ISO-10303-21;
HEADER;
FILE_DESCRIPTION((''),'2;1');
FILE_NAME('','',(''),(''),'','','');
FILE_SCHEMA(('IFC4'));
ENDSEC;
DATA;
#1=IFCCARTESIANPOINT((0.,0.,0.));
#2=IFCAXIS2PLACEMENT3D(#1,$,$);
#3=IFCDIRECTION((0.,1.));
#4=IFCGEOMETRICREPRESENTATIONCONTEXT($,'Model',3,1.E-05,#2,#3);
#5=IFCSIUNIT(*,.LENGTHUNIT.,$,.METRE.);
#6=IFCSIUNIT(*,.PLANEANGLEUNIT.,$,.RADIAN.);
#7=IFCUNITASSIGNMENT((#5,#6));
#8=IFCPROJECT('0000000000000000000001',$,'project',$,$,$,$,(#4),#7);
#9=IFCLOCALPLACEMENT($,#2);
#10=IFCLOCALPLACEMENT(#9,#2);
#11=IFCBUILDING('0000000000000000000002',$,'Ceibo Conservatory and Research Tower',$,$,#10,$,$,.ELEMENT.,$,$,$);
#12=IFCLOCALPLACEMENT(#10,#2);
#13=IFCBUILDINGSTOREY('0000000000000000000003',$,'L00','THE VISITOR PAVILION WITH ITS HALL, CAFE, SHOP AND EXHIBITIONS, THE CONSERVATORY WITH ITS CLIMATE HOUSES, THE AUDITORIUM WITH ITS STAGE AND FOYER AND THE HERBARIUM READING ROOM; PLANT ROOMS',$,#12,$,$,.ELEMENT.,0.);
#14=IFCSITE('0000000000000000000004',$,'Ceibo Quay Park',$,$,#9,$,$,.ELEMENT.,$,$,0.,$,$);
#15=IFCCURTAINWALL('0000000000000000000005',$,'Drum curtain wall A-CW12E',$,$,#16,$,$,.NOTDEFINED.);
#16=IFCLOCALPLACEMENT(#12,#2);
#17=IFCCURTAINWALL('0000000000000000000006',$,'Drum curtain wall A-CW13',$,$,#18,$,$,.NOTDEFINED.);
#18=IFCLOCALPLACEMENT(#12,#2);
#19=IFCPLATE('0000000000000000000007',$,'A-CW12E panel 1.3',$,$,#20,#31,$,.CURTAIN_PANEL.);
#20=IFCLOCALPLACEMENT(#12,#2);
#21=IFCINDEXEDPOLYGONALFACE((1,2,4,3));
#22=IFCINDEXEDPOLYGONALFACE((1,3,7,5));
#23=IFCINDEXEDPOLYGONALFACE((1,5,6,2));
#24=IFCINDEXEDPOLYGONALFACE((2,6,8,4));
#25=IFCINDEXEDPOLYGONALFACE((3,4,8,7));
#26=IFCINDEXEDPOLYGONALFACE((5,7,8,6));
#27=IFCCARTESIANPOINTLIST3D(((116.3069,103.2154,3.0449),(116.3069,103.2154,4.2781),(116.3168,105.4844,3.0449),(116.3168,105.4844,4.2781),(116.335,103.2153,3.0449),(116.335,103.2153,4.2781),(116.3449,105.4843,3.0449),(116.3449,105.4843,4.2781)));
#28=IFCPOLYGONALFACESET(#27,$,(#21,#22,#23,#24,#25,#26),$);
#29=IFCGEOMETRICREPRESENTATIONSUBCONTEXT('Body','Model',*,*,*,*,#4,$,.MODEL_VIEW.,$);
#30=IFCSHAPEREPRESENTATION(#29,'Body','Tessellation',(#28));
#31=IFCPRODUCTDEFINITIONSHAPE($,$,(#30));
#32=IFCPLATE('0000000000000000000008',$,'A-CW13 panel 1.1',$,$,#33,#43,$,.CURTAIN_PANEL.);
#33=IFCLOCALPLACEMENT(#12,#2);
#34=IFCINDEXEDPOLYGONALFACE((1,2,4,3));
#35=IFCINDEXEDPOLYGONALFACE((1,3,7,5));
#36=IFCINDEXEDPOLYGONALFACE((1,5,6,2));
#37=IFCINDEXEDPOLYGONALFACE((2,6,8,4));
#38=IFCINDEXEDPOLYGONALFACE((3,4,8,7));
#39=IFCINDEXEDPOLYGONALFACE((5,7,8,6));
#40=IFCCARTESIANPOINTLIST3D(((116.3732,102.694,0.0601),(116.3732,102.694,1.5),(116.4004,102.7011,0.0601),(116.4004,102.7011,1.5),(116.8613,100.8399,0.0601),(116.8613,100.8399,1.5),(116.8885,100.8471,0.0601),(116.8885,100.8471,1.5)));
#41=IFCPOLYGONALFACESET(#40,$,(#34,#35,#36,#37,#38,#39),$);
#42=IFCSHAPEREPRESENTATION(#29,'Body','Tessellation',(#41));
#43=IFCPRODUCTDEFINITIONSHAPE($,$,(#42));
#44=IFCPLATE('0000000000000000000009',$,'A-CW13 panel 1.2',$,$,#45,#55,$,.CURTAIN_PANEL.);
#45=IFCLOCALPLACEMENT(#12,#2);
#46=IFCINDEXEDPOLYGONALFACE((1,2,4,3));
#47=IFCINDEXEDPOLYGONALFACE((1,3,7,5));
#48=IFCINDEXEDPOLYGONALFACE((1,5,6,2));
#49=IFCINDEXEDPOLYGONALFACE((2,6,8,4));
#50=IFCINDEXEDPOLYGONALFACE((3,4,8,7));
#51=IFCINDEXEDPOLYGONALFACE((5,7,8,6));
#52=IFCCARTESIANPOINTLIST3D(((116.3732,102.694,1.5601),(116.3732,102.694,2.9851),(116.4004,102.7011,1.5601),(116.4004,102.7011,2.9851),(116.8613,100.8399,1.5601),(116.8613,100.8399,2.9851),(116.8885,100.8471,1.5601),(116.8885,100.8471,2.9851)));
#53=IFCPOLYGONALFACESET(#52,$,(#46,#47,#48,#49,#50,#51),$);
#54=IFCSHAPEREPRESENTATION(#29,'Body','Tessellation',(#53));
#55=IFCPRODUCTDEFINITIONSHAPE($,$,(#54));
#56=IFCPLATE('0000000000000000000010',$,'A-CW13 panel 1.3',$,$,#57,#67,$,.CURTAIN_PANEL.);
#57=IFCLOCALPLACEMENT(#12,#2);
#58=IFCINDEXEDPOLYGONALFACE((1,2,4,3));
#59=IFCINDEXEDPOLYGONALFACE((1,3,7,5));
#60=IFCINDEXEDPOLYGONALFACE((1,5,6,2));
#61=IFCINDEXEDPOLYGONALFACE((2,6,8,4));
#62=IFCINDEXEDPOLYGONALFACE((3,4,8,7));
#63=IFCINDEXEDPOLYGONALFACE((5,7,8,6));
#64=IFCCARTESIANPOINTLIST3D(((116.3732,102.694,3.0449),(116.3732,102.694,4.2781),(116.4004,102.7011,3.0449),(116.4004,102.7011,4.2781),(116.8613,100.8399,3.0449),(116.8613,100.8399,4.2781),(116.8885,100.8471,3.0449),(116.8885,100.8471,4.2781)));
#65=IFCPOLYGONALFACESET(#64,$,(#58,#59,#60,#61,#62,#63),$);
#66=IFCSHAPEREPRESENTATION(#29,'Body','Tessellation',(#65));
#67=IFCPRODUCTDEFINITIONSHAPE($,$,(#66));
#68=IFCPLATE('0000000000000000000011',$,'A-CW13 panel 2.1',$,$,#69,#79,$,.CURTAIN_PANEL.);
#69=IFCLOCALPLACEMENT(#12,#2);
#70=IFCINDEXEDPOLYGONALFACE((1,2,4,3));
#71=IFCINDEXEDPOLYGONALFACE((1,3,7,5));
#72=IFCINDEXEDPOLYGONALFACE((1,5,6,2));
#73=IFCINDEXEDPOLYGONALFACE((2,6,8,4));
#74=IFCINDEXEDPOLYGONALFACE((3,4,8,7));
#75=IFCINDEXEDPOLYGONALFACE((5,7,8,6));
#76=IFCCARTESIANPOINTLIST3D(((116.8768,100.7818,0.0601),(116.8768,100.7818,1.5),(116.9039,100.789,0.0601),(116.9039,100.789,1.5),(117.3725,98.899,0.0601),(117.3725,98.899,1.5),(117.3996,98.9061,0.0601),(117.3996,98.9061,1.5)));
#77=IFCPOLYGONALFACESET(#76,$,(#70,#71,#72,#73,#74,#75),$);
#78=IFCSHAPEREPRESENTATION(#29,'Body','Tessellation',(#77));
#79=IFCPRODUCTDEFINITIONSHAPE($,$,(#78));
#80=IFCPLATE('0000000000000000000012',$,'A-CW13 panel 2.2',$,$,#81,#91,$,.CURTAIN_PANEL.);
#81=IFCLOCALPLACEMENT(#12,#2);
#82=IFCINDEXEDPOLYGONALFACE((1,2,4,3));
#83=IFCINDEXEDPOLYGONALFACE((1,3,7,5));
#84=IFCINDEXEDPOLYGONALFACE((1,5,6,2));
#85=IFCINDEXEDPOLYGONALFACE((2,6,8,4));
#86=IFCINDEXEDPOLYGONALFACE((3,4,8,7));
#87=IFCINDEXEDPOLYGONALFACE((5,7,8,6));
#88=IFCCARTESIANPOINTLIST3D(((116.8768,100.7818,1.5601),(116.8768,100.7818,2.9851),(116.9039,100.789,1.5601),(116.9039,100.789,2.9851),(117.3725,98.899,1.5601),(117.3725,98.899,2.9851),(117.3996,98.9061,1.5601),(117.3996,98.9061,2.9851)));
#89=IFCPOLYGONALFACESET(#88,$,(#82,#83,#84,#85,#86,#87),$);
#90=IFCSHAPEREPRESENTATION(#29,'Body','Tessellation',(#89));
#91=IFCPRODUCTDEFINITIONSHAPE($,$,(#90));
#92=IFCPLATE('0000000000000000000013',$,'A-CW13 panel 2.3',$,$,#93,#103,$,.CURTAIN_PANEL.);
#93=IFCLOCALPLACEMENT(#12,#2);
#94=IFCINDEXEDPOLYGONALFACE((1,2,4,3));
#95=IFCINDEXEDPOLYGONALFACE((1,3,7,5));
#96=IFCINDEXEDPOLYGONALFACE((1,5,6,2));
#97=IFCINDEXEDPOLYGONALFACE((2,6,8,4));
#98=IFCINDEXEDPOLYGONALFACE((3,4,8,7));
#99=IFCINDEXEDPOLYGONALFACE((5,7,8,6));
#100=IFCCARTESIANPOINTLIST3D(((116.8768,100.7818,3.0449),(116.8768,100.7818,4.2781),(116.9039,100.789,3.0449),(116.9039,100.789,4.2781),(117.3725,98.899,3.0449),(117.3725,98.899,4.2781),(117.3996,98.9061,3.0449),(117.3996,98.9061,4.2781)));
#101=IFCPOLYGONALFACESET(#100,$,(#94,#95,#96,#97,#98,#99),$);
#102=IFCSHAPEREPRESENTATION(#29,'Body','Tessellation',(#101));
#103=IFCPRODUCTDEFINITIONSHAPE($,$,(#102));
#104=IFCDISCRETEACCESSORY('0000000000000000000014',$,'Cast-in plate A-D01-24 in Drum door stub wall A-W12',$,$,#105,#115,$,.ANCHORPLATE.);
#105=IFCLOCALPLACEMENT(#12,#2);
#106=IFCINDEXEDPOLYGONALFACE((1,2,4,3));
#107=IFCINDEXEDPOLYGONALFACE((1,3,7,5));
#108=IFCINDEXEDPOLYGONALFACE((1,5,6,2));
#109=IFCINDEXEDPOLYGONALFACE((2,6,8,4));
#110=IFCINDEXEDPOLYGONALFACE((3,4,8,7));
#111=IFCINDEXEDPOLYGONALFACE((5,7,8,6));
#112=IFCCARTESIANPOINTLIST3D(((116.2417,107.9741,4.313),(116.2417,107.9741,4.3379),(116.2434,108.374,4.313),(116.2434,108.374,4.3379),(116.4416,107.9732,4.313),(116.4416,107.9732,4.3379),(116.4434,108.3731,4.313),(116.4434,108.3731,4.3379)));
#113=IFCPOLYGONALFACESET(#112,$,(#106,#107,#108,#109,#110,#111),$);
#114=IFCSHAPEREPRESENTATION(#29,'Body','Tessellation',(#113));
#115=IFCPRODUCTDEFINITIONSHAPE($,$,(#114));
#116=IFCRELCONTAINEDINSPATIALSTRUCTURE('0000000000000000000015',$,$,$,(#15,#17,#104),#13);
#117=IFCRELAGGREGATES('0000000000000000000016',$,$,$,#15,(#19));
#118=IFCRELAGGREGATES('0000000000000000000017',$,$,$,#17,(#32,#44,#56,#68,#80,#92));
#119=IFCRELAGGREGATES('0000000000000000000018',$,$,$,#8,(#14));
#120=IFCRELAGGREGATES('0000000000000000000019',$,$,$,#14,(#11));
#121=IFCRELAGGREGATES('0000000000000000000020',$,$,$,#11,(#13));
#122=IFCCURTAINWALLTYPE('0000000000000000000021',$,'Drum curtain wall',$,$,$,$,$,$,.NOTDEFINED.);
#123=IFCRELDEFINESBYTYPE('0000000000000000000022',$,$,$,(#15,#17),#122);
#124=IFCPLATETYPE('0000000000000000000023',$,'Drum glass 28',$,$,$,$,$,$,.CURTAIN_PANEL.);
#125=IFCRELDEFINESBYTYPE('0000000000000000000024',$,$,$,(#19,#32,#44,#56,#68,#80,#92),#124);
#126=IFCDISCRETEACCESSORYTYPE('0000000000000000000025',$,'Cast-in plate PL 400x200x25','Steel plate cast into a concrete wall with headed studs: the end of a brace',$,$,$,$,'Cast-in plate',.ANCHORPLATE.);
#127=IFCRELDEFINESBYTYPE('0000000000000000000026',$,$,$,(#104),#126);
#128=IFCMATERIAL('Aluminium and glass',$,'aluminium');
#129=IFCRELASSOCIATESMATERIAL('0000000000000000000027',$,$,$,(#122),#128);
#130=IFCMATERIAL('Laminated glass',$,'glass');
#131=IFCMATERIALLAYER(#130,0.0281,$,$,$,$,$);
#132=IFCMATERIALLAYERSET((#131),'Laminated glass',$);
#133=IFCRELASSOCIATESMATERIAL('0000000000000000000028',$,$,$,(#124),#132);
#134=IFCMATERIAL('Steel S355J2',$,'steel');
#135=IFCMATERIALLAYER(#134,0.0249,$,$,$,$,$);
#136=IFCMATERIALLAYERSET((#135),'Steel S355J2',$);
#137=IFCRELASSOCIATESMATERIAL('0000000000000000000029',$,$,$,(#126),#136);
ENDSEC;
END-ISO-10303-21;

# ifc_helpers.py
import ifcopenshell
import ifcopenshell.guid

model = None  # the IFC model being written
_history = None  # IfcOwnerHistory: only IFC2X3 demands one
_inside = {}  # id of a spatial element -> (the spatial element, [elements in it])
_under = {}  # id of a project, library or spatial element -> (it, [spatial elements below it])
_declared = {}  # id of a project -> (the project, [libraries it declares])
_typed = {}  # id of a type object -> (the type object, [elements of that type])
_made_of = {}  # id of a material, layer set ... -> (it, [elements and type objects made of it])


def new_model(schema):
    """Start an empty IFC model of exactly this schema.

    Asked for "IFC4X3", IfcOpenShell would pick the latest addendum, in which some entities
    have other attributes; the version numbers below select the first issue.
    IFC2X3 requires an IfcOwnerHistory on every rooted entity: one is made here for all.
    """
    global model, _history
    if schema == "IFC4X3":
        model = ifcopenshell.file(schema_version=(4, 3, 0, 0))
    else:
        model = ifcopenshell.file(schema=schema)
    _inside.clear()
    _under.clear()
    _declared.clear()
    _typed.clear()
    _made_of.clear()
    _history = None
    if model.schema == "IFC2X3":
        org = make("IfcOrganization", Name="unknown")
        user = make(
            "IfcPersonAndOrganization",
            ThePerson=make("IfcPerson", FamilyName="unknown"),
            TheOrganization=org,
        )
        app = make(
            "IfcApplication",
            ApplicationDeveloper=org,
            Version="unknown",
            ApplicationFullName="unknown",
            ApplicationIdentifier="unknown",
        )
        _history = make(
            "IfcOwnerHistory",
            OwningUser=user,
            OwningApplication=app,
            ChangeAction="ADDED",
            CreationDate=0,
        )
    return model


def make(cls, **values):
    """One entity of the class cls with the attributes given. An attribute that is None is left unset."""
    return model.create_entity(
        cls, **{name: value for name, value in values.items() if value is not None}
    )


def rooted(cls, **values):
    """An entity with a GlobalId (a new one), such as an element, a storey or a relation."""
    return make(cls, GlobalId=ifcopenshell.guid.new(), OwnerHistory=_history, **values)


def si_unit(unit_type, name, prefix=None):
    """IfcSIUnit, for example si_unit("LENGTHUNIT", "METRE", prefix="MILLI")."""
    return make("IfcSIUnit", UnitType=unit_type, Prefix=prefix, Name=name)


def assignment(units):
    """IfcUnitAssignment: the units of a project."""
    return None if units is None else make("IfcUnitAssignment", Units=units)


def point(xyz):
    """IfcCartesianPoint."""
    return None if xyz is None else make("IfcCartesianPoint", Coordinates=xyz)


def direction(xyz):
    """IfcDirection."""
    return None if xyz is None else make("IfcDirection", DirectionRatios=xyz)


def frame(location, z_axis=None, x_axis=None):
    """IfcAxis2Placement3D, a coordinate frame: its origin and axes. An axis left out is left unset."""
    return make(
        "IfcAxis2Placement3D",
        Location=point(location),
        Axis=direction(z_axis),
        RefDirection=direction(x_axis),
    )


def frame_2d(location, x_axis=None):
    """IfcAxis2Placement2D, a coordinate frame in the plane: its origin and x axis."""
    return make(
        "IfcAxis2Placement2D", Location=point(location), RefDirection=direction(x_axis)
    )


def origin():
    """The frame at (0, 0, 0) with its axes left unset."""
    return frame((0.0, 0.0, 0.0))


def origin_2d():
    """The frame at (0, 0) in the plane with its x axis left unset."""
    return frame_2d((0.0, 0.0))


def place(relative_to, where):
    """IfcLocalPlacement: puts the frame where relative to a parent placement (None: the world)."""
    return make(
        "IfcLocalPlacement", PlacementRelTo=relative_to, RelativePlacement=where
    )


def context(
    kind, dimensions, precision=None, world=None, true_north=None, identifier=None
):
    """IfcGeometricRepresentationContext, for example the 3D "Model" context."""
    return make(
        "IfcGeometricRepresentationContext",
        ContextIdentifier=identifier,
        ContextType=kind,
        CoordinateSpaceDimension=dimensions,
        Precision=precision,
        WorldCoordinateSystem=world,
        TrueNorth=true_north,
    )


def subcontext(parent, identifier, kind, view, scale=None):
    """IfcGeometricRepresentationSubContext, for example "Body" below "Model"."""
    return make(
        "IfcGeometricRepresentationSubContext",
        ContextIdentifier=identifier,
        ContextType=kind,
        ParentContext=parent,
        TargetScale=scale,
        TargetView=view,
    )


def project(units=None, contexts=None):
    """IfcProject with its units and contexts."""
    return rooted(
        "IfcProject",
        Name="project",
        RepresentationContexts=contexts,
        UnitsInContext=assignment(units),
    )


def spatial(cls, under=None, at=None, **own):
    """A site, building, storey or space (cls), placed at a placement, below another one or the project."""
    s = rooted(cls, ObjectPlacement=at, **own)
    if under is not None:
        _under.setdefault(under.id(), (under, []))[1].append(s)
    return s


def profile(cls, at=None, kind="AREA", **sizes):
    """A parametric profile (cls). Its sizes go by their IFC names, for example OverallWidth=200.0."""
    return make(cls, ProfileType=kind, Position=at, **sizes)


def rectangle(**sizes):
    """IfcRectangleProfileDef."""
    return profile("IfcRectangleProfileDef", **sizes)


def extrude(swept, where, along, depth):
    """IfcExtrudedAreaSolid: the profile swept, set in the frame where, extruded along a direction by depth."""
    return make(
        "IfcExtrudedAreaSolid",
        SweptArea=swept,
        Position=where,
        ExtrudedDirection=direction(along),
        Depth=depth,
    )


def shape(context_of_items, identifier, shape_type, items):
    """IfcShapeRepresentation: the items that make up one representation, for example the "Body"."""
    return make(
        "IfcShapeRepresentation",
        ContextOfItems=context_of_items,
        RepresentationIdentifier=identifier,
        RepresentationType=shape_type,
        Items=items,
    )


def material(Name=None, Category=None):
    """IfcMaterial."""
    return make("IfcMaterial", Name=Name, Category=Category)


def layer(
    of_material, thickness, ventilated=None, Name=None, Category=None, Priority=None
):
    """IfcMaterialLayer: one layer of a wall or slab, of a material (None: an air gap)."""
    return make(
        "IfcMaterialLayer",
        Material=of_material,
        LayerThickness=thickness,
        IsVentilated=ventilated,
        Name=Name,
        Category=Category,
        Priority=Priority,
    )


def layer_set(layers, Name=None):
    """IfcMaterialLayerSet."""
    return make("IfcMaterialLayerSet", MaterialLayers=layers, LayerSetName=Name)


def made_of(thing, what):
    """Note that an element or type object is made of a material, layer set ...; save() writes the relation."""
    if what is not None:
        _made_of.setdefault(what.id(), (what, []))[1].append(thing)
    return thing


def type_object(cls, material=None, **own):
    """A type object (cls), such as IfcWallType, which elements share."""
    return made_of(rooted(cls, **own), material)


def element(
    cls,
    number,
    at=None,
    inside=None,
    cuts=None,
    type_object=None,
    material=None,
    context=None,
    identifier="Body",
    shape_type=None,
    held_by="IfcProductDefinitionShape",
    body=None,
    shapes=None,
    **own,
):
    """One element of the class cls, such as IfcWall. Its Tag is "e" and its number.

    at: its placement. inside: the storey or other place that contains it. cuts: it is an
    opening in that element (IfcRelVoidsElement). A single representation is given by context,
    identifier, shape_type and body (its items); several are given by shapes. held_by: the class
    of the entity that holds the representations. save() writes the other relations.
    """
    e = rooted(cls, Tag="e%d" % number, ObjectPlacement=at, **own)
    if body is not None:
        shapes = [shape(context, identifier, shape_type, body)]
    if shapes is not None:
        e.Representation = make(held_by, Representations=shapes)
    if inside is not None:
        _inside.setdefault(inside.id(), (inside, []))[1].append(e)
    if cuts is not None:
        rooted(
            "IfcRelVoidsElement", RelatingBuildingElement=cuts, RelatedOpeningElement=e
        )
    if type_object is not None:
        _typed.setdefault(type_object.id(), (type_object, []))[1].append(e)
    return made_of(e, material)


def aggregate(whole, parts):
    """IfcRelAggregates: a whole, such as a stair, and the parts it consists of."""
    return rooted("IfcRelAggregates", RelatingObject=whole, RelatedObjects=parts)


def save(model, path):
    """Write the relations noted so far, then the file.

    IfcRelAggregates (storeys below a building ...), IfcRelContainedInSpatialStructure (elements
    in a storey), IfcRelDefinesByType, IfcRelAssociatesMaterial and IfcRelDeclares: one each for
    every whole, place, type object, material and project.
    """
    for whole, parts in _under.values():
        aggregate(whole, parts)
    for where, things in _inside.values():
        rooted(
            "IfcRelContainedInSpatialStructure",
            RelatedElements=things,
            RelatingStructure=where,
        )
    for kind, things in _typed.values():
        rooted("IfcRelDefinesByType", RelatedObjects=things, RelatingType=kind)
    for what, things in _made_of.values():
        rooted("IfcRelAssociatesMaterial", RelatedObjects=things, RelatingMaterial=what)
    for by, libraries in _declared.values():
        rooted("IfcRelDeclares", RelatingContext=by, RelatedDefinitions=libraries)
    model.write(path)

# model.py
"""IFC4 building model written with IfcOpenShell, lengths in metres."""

from ifc_helpers import new_model, si_unit, direction, frame, origin, origin_2d, place, context, subcontext, project, spatial, rectangle, extrude, material, layer, layer_set, type_object, element, aggregate, save


model = new_model("IFC4")

# Units and contexts
model_context = context("Model", 3, precision=1e-05, world=origin(), true_north=direction((0.0, 1.0)))
body_context = subcontext(model_context, "Body", "Model", "MODEL_VIEW")
ifc_project = project(units=[si_unit("LENGTHUNIT", "METRE"), si_unit("PLANEANGLEUNIT", "RADIAN")], contexts=[model_context])

# Site, building, storey
site_placement = place(None, origin())
site = spatial("IfcSite", under=ifc_project, at=site_placement, Name="Ceibo Quay Park", CompositionType="ELEMENT", RefElevation=0.0)
building_placement = place(site_placement, origin())
building = spatial("IfcBuilding", under=site, at=building_placement, Name="Ceibo Conservatory and Research Tower", CompositionType="ELEMENT")
storey_placement = place(building_placement, origin())
storey = spatial("IfcBuildingStorey", under=building, at=storey_placement, Name="L00", Description="THE VISITOR PAVILION WITH ITS HALL, CAFE, SHOP AND EXHIBITIONS, THE CONSERVATORY WITH ITS CLIMATE HOUSES, THE AUDITORIUM WITH ITS STAGE AND FOYER AND THE HERBARIUM READING ROOM; PLANT ROOMS", CompositionType="ELEMENT", Elevation=0.0)

# Curtain wall
ifc_material_1 = material(Name="Aluminium and glass", Category="aluminium")
curtain_wall_type = type_object("IfcCurtainWallType", Name="Drum curtain wall", PredefinedType="NOTDEFINED", material=ifc_material_1)
curtain_wall_1_placement = place(storey_placement, origin())
curtain_wall_1 = element("IfcCurtainWall", 1, at=curtain_wall_1_placement, inside=storey, type_object=curtain_wall_type, Name="Drum curtain wall A-CW12E", PredefinedType="NOTDEFINED")

# Curtain wall
curtain_wall_2_placement = place(storey_placement, origin())
curtain_wall_2 = element("IfcCurtainWall", 2, at=curtain_wall_2_placement, inside=storey, type_object=curtain_wall_type, Name="Drum curtain wall A-CW13", PredefinedType="NOTDEFINED")

# Plates
ifc_material_2 = material(Name="Laminated glass", Category="glass")
ifc_layer_1 = layer(ifc_material_2, 0.0281)
ifc_layer_set_1 = layer_set([ifc_layer_1], Name="Laminated glass")
plate_type = type_object("IfcPlateType", Name="Drum glass 28", PredefinedType="CURTAIN_PANEL", material=ifc_layer_set_1)
plate_1_placement = place(storey_placement, frame((116.3259, 104.3499, 3.0449), z_axis=(0.0, 0.0, 1.0), x_axis=(-0.004363, -0.99999, 0.0)))
plate_1 = element("IfcPlate", 3, at=plate_1_placement, type_object=plate_type, Name="A-CW12E panel 1.3", PredefinedType="CURTAIN_PANEL", context=body_context, shape_type="SweptSolid", body=[
    extrude(rectangle(XDim=2.269, YDim=0.0281, at=origin_2d()), origin(), (0.0, 0.0, 1.0), 1.2332),
])
aggregate(curtain_wall_1, [plate_1])
plate_2_placement = place(storey_placement, frame((116.6309, 101.7705, 0.0601), z_axis=(0.0, 0.0, 1.0), x_axis=(0.254602, -0.967046, 0.0)))
plate_2 = element("IfcPlate", 4, at=plate_2_placement, type_object=plate_type, Name="A-CW13 panel 1.1", PredefinedType="CURTAIN_PANEL", context=body_context, shape_type="SweptSolid", body=[
    extrude(rectangle(XDim=1.9172, YDim=0.0281, at=origin_2d()), origin(), (0.0, 0.0, 1.0), 1.4399),
])
plate_3_placement = place(storey_placement, frame((116.6309, 101.7705, 1.5601), z_axis=(0.0, 0.0, 1.0), x_axis=(0.254602, -0.967046, 0.0)))
plate_3 = element("IfcPlate", 5, at=plate_3_placement, type_object=plate_type, Name="A-CW13 panel 1.2", PredefinedType="CURTAIN_PANEL", context=body_context, shape_type="SweptSolid", body=[
    extrude(rectangle(XDim=1.9172, YDim=0.0281, at=origin_2d()), origin(), (0.0, 0.0, 1.0), 1.425),
])
plate_4_placement = place(storey_placement, frame((116.6309, 101.7705, 3.0449), z_axis=(0.0, 0.0, 1.0), x_axis=(0.254602, -0.967046, 0.0)))
plate_4 = element("IfcPlate", 6, at=plate_4_placement, type_object=plate_type, Name="A-CW13 panel 1.3", PredefinedType="CURTAIN_PANEL", context=body_context, shape_type="SweptSolid", body=[
    extrude(rectangle(XDim=1.9172, YDim=0.0281, at=origin_2d()), origin(), (0.0, 0.0, 1.0), 1.2332),
])
plate_5_placement = place(storey_placement, frame((117.1382, 99.844, 0.0601), z_axis=(0.0, 0.0, 1.0), x_axis=(0.254602, -0.967046, 0.0)))
plate_5 = element("IfcPlate", 7, at=plate_5_placement, type_object=plate_type, Name="A-CW13 panel 2.1", PredefinedType="CURTAIN_PANEL", context=body_context, shape_type="SweptSolid", body=[
    extrude(rectangle(XDim=1.947, YDim=0.0281, at=origin_2d()), origin(), (0.0, 0.0, 1.0), 1.4399),
])
plate_6_placement = place(storey_placement, frame((117.1382, 99.844, 1.5601), z_axis=(0.0, 0.0, 1.0), x_axis=(0.254602, -0.967046, 0.0)))
plate_6 = element("IfcPlate", 8, at=plate_6_placement, type_object=plate_type, Name="A-CW13 panel 2.2", PredefinedType="CURTAIN_PANEL", context=body_context, shape_type="SweptSolid", body=[
    extrude(rectangle(XDim=1.947, YDim=0.0281, at=origin_2d()), origin(), (0.0, 0.0, 1.0), 1.425),
])
plate_7_placement = place(storey_placement, frame((117.1382, 99.844, 3.0449), z_axis=(0.0, 0.0, 1.0), x_axis=(0.254602, -0.967046, 0.0)))
plate_7 = element("IfcPlate", 9, at=plate_7_placement, type_object=plate_type, Name="A-CW13 panel 2.3", PredefinedType="CURTAIN_PANEL", context=body_context, shape_type="SweptSolid", body=[
    extrude(rectangle(XDim=1.947, YDim=0.0281, at=origin_2d()), origin(), (0.0, 0.0, 1.0), 1.2332),
])
aggregate(curtain_wall_2, [plate_2, plate_3, plate_4, plate_5, plate_6, plate_7])

# Discrete accessory
ifc_material_3 = material(Name="Steel S355J2", Category="steel")
ifc_layer_2 = layer(ifc_material_3, 0.0249)
ifc_layer_set_2 = layer_set([ifc_layer_2], Name="Steel S355J2")
discrete_accessory_type = type_object("IfcDiscreteAccessoryType", Name="Cast-in plate PL 400x200x25", Description="Steel plate cast into a concrete wall with headed studs: the end of a brace", ElementType="Cast-in plate", PredefinedType="ANCHORPLATE", material=ifc_layer_set_2)
discrete_accessory_placement = place(storey_placement, frame((116.3425, 108.1736, 4.313), z_axis=(0.0, 0.0, 1.0), x_axis=(-0.004363, -0.99999, 0.0)))
element("IfcDiscreteAccessory", 10, at=discrete_accessory_placement, inside=storey, type_object=discrete_accessory_type, Name="Cast-in plate A-D01-24 in Drum door stub wall A-W12", PredefinedType="ANCHORPLATE", context=body_context, shape_type="SweptSolid", body=[
    extrude(rectangle(XDim=0.3999, YDim=0.2, at=origin_2d()), origin(), (0.0, 0.0, 1.0), 0.0249),
])

save(model, "model.ifc")
